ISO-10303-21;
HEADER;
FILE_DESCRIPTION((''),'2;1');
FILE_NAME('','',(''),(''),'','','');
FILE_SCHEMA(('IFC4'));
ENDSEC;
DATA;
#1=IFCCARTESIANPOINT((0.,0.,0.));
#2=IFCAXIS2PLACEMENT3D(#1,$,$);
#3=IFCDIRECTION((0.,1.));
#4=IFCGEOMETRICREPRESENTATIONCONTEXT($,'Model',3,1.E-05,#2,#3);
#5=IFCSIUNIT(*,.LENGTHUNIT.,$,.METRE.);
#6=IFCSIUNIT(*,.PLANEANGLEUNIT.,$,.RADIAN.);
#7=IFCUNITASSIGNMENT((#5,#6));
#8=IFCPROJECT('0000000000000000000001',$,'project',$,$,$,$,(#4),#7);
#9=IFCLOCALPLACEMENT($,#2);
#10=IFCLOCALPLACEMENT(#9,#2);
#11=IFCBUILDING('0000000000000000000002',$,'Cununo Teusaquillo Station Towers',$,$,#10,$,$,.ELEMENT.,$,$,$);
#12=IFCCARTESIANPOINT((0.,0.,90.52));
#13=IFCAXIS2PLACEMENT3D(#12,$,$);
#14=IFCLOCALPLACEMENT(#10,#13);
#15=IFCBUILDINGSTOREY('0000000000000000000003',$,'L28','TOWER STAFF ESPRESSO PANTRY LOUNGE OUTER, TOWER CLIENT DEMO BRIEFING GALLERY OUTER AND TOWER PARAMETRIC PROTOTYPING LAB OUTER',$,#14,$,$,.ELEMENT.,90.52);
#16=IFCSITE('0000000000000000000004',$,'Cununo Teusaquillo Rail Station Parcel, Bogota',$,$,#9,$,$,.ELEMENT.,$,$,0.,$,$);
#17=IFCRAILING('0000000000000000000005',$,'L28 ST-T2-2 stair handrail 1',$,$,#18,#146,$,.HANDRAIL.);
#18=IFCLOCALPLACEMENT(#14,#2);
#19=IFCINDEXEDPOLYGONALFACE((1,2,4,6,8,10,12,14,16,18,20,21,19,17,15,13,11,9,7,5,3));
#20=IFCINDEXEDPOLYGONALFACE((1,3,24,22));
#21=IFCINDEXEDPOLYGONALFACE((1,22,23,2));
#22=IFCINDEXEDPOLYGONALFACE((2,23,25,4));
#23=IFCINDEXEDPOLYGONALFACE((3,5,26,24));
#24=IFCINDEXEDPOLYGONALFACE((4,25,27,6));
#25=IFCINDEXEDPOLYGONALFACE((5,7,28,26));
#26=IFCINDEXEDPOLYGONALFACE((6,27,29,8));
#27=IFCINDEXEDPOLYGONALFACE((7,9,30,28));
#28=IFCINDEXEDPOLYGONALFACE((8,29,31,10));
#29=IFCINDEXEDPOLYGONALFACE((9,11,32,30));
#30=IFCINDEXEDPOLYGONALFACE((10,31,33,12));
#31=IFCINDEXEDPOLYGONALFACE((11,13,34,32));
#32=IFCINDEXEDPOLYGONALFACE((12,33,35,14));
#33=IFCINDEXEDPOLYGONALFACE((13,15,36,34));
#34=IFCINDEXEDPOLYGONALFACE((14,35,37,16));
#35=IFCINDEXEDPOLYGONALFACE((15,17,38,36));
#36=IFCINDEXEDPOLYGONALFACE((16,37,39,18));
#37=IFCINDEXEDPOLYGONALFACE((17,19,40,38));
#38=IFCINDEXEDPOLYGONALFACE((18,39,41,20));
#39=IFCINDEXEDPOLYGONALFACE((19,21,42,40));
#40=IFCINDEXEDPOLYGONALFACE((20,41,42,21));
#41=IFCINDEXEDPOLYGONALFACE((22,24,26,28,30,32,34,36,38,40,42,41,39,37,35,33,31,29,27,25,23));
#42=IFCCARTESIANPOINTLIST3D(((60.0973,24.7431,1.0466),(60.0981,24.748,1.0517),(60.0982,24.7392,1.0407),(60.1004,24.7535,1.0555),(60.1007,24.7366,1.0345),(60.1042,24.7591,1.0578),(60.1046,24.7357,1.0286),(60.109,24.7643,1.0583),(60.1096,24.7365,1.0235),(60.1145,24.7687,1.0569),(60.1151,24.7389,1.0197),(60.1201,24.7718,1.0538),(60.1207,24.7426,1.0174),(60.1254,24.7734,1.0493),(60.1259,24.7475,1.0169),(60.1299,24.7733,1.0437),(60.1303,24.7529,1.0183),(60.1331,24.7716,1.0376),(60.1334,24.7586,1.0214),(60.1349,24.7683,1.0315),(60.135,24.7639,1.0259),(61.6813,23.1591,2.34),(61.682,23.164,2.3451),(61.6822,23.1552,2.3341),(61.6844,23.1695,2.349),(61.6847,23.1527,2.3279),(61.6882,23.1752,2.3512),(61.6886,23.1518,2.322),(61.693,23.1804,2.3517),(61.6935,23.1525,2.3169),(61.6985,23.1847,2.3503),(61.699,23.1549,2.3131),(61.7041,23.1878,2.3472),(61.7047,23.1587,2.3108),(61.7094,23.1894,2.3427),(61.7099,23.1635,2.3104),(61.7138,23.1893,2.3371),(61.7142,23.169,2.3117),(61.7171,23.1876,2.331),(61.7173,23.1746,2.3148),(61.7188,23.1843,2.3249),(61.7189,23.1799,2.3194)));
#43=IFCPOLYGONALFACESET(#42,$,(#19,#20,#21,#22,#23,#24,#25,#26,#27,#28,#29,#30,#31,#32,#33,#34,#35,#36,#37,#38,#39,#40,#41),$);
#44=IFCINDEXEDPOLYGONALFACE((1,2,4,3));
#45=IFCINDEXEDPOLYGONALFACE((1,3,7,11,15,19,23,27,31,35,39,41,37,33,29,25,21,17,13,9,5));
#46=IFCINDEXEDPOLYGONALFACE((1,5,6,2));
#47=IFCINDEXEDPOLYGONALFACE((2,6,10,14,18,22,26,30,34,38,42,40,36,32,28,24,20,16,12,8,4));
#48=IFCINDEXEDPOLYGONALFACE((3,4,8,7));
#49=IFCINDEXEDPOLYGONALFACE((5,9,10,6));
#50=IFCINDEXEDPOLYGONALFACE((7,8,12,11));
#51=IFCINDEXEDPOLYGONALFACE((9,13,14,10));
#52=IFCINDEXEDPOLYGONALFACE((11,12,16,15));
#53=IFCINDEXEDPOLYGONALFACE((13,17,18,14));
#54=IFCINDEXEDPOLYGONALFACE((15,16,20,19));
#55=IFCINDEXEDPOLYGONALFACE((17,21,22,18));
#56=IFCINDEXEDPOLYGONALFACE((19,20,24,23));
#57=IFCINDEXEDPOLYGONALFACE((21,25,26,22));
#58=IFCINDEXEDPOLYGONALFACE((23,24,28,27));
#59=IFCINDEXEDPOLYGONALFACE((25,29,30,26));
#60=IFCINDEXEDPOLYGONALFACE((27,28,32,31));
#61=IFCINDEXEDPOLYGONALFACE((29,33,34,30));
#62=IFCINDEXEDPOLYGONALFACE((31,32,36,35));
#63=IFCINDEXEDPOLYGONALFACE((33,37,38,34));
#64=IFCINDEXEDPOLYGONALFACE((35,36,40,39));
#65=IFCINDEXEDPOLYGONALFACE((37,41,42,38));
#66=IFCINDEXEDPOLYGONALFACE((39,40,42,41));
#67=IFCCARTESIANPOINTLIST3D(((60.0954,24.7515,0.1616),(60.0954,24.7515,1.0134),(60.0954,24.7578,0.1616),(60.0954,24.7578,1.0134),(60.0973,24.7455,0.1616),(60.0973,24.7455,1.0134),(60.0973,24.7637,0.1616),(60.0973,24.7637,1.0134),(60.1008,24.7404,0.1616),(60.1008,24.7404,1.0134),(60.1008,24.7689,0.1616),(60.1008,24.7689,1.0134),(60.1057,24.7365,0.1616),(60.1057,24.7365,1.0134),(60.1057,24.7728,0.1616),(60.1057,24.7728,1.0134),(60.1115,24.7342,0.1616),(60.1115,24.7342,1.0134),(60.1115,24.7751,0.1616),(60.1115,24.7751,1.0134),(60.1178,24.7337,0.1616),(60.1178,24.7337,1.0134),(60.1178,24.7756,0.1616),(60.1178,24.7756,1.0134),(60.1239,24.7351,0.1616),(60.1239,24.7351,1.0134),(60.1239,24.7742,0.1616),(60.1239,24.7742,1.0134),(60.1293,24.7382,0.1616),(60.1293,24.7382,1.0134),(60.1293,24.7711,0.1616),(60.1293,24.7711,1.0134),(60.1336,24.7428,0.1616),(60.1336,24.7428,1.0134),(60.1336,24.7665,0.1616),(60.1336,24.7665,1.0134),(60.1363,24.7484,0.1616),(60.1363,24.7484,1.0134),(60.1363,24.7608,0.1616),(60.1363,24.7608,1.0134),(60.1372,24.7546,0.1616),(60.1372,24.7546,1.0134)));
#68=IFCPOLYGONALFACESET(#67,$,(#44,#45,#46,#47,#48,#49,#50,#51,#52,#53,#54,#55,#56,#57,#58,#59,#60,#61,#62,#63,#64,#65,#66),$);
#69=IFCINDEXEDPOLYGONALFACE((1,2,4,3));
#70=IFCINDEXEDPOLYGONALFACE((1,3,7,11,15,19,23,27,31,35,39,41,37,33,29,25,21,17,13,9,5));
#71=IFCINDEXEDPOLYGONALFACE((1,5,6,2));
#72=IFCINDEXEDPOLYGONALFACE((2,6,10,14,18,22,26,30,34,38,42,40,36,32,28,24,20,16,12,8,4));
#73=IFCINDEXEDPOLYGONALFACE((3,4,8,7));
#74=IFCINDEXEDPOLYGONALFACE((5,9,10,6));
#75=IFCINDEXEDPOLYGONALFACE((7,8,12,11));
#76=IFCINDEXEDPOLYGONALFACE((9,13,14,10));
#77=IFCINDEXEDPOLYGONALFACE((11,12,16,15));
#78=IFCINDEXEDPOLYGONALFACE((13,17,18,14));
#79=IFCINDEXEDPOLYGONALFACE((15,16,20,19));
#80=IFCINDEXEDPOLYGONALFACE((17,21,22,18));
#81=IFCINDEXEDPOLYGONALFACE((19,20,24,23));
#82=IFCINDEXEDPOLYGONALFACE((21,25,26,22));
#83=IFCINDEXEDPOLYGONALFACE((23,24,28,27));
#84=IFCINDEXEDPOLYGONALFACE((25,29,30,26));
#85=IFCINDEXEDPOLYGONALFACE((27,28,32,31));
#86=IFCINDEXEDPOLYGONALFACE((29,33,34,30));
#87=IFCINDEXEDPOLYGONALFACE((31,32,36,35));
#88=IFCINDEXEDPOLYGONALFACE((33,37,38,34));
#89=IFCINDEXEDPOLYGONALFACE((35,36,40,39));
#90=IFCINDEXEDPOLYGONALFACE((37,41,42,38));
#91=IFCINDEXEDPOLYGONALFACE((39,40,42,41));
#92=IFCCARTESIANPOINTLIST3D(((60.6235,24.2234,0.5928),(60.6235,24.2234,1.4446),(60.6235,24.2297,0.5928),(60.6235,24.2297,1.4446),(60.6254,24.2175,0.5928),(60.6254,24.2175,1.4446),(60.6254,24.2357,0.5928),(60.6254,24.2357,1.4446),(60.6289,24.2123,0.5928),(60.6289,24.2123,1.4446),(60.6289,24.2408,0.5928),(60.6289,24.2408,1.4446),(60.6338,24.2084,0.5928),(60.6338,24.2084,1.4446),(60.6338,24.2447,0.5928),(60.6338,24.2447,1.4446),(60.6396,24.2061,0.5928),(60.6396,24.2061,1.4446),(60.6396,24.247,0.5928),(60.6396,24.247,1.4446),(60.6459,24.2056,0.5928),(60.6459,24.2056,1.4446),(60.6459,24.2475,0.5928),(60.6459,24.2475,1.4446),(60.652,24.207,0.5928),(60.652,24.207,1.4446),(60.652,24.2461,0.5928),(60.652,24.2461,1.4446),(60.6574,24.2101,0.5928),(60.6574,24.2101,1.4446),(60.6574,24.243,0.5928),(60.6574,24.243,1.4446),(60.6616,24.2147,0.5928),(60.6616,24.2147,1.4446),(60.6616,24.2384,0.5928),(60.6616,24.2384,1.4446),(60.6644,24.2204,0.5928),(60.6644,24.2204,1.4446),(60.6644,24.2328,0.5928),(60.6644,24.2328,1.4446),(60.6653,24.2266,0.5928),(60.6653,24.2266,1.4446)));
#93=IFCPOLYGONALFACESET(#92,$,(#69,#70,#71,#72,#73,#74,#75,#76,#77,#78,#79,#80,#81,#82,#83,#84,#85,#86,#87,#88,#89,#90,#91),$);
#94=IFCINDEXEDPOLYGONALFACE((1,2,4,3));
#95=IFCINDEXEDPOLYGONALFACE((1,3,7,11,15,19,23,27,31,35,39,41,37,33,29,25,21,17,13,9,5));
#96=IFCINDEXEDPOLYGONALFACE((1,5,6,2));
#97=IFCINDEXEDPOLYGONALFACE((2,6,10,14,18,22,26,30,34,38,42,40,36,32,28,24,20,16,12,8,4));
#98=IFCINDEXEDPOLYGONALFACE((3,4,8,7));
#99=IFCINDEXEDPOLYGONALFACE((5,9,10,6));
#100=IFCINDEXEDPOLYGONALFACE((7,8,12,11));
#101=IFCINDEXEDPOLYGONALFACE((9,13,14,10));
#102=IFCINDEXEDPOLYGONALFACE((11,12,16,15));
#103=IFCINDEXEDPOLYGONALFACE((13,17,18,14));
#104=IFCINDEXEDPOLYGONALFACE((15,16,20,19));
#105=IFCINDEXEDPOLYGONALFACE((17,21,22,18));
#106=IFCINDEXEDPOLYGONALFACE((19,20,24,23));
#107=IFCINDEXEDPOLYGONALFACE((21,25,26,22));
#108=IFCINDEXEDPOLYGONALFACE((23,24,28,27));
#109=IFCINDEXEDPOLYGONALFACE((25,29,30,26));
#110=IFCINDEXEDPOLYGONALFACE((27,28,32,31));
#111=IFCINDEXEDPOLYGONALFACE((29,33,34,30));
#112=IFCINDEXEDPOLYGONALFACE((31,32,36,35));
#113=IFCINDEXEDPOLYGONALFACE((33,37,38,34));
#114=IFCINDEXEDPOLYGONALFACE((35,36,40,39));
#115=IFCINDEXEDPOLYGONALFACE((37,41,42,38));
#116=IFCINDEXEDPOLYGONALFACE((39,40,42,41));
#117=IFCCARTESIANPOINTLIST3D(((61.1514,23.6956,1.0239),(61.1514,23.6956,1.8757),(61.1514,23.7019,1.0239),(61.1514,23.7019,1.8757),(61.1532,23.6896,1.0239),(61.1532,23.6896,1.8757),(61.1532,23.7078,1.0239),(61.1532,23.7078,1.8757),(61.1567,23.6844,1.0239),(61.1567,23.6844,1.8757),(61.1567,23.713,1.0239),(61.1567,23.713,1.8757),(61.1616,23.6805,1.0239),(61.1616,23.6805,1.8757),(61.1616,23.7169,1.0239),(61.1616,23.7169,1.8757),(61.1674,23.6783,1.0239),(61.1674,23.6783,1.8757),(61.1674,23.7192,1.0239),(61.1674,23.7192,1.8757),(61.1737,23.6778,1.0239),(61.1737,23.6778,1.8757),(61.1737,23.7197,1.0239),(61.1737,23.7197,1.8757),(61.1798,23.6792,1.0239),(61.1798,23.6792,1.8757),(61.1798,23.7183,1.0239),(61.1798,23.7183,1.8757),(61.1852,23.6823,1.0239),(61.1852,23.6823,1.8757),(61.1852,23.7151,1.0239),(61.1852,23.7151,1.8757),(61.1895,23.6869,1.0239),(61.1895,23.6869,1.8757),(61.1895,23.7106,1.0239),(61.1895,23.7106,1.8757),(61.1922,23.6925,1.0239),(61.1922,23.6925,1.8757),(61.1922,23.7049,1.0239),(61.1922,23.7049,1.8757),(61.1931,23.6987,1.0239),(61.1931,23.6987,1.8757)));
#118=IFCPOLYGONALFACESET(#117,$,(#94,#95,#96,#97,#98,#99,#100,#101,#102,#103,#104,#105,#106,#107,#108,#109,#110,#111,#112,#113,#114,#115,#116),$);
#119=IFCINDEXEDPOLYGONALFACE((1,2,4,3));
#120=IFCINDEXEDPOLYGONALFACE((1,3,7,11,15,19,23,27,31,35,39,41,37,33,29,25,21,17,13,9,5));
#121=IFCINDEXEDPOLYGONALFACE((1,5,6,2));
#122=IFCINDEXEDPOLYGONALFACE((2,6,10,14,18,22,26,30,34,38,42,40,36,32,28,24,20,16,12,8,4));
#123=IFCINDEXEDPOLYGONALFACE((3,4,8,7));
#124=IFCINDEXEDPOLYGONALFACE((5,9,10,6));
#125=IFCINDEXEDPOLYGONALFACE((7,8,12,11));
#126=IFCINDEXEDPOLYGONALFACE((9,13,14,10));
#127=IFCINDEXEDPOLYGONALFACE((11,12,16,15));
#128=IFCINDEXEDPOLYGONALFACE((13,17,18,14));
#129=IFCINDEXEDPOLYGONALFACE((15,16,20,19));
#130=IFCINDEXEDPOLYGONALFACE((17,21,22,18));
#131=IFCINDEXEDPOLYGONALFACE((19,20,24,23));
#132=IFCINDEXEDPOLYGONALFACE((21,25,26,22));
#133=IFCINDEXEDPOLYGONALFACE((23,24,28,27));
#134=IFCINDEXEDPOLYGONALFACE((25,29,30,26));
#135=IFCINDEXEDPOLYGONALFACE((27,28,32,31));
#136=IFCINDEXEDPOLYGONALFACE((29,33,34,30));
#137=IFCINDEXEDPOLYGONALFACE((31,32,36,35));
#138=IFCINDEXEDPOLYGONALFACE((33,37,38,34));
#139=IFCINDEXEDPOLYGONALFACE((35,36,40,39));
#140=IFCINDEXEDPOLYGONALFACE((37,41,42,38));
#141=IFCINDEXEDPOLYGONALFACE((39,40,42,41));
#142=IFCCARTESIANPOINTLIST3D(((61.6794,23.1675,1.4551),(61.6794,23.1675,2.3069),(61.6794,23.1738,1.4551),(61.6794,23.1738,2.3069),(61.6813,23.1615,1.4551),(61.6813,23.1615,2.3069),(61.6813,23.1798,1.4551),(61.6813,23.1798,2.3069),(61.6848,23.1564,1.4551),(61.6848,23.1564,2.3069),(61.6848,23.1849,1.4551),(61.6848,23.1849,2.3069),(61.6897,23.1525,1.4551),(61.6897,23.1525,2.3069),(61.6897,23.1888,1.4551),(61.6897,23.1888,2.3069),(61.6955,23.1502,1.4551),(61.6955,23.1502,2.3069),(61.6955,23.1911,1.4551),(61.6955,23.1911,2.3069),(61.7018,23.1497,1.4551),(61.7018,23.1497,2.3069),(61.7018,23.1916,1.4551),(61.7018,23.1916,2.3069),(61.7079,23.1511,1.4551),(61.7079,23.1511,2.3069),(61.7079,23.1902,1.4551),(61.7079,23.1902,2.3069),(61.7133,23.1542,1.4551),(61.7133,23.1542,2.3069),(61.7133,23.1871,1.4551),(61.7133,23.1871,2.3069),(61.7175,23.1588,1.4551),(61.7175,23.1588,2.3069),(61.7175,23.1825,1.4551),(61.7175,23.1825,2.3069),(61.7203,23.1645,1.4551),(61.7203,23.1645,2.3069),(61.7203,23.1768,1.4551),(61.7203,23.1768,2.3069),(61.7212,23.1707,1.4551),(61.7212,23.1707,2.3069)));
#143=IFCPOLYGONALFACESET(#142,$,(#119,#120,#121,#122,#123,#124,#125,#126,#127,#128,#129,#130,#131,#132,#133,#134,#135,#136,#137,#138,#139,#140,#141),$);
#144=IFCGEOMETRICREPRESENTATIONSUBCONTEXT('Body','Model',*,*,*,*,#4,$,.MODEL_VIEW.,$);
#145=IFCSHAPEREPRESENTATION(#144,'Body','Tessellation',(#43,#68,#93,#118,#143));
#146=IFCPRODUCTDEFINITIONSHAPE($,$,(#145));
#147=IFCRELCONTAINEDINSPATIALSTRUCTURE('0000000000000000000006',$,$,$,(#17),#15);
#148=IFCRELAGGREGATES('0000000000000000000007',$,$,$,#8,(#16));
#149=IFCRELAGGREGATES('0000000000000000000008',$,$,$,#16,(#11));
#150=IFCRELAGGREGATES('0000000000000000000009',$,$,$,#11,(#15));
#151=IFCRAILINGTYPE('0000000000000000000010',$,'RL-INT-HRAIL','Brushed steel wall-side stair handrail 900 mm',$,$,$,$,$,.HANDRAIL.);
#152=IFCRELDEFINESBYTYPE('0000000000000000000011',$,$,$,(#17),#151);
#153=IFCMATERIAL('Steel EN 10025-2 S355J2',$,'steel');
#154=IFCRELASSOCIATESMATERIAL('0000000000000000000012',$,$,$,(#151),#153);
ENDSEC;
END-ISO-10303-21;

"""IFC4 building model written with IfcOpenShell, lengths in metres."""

from ifc_helpers import new_model, si_unit, direction, frame, origin, origin_2d, place, context, subcontext, project, spatial, circle, extrude, material, type_object, element, save


model = new_model("IFC4")

# Units and contexts
model_context = context("Model", 3, precision=1e-05, world=origin(), true_north=direction((0.0, 1.0)))
body_context = subcontext(model_context, "Body", "Model", "MODEL_VIEW")
ifc_project = project(units=[si_unit("LENGTHUNIT", "METRE"), si_unit("PLANEANGLEUNIT", "RADIAN")], contexts=[model_context])

# Site, building, storey
site_placement = place(None, origin())
site = spatial("IfcSite", under=ifc_project, at=site_placement, Name="Cununo Teusaquillo Rail Station Parcel, Bogota", CompositionType="ELEMENT", RefElevation=0.0)
building_placement = place(site_placement, origin())
building = spatial("IfcBuilding", under=site, at=building_placement, Name="Cununo Teusaquillo Station Towers", CompositionType="ELEMENT")
storey_placement = place(building_placement, frame((0.0, 0.0, 90.52)))
storey = spatial("IfcBuildingStorey", under=building, at=storey_placement, Name="L28", Description="TOWER STAFF ESPRESSO PANTRY LOUNGE OUTER, TOWER CLIENT DEMO BRIEFING GALLERY OUTER AND TOWER PARAMETRIC PROTOTYPING LAB OUTER", CompositionType="ELEMENT", Elevation=90.52)

# Railing
ifc_material_1 = material(Name="Steel EN 10025-2 S355J2", Category="steel")
railing_type_1 = type_object("IfcRailingType", Name="RL-INT-HRAIL", Description="Brushed steel wall-side stair handrail 900 mm", PredefinedType="HANDRAIL", material=ifc_material_1)
railing_1_placement = place(storey_placement, frame((60.1162, 24.7546, 0.1616)))
element("IfcRailing", 1, at=railing_1_placement, inside=storey, type_object=railing_type_1, Name="L28 ST-T2-2 stair handrail 1", PredefinedType="HANDRAIL", context=body_context, shape_type="SweptSolid", body=[
    extrude(circle(Radius=0.0239, at=origin_2d()), frame((0.0, 0.0, 0.876), z_axis=(0.612356, -0.612356, 0.50004), x_axis=(0.707107, 0.707107, 0.0)), (0.0, 0.0, 1.0), 2.5867),
    extrude(circle(Radius=0.021, at=origin_2d()), origin(), (0.0, 0.0, 1.0), 0.8518),
    extrude(circle(Radius=0.021, at=origin_2d()), frame((0.5281, -0.5281, 0.4312)), (0.0, 0.0, 1.0), 0.8518),
    extrude(circle(Radius=0.021, at=origin_2d()), frame((1.0559, -1.0559, 0.8623)), (0.0, 0.0, 1.0), 0.8518),
    extrude(circle(Radius=0.021, at=origin_2d()), frame((1.584, -1.584, 1.2935)), (0.0, 0.0, 1.0), 0.8518),
])

save(model, "model.ifc")
